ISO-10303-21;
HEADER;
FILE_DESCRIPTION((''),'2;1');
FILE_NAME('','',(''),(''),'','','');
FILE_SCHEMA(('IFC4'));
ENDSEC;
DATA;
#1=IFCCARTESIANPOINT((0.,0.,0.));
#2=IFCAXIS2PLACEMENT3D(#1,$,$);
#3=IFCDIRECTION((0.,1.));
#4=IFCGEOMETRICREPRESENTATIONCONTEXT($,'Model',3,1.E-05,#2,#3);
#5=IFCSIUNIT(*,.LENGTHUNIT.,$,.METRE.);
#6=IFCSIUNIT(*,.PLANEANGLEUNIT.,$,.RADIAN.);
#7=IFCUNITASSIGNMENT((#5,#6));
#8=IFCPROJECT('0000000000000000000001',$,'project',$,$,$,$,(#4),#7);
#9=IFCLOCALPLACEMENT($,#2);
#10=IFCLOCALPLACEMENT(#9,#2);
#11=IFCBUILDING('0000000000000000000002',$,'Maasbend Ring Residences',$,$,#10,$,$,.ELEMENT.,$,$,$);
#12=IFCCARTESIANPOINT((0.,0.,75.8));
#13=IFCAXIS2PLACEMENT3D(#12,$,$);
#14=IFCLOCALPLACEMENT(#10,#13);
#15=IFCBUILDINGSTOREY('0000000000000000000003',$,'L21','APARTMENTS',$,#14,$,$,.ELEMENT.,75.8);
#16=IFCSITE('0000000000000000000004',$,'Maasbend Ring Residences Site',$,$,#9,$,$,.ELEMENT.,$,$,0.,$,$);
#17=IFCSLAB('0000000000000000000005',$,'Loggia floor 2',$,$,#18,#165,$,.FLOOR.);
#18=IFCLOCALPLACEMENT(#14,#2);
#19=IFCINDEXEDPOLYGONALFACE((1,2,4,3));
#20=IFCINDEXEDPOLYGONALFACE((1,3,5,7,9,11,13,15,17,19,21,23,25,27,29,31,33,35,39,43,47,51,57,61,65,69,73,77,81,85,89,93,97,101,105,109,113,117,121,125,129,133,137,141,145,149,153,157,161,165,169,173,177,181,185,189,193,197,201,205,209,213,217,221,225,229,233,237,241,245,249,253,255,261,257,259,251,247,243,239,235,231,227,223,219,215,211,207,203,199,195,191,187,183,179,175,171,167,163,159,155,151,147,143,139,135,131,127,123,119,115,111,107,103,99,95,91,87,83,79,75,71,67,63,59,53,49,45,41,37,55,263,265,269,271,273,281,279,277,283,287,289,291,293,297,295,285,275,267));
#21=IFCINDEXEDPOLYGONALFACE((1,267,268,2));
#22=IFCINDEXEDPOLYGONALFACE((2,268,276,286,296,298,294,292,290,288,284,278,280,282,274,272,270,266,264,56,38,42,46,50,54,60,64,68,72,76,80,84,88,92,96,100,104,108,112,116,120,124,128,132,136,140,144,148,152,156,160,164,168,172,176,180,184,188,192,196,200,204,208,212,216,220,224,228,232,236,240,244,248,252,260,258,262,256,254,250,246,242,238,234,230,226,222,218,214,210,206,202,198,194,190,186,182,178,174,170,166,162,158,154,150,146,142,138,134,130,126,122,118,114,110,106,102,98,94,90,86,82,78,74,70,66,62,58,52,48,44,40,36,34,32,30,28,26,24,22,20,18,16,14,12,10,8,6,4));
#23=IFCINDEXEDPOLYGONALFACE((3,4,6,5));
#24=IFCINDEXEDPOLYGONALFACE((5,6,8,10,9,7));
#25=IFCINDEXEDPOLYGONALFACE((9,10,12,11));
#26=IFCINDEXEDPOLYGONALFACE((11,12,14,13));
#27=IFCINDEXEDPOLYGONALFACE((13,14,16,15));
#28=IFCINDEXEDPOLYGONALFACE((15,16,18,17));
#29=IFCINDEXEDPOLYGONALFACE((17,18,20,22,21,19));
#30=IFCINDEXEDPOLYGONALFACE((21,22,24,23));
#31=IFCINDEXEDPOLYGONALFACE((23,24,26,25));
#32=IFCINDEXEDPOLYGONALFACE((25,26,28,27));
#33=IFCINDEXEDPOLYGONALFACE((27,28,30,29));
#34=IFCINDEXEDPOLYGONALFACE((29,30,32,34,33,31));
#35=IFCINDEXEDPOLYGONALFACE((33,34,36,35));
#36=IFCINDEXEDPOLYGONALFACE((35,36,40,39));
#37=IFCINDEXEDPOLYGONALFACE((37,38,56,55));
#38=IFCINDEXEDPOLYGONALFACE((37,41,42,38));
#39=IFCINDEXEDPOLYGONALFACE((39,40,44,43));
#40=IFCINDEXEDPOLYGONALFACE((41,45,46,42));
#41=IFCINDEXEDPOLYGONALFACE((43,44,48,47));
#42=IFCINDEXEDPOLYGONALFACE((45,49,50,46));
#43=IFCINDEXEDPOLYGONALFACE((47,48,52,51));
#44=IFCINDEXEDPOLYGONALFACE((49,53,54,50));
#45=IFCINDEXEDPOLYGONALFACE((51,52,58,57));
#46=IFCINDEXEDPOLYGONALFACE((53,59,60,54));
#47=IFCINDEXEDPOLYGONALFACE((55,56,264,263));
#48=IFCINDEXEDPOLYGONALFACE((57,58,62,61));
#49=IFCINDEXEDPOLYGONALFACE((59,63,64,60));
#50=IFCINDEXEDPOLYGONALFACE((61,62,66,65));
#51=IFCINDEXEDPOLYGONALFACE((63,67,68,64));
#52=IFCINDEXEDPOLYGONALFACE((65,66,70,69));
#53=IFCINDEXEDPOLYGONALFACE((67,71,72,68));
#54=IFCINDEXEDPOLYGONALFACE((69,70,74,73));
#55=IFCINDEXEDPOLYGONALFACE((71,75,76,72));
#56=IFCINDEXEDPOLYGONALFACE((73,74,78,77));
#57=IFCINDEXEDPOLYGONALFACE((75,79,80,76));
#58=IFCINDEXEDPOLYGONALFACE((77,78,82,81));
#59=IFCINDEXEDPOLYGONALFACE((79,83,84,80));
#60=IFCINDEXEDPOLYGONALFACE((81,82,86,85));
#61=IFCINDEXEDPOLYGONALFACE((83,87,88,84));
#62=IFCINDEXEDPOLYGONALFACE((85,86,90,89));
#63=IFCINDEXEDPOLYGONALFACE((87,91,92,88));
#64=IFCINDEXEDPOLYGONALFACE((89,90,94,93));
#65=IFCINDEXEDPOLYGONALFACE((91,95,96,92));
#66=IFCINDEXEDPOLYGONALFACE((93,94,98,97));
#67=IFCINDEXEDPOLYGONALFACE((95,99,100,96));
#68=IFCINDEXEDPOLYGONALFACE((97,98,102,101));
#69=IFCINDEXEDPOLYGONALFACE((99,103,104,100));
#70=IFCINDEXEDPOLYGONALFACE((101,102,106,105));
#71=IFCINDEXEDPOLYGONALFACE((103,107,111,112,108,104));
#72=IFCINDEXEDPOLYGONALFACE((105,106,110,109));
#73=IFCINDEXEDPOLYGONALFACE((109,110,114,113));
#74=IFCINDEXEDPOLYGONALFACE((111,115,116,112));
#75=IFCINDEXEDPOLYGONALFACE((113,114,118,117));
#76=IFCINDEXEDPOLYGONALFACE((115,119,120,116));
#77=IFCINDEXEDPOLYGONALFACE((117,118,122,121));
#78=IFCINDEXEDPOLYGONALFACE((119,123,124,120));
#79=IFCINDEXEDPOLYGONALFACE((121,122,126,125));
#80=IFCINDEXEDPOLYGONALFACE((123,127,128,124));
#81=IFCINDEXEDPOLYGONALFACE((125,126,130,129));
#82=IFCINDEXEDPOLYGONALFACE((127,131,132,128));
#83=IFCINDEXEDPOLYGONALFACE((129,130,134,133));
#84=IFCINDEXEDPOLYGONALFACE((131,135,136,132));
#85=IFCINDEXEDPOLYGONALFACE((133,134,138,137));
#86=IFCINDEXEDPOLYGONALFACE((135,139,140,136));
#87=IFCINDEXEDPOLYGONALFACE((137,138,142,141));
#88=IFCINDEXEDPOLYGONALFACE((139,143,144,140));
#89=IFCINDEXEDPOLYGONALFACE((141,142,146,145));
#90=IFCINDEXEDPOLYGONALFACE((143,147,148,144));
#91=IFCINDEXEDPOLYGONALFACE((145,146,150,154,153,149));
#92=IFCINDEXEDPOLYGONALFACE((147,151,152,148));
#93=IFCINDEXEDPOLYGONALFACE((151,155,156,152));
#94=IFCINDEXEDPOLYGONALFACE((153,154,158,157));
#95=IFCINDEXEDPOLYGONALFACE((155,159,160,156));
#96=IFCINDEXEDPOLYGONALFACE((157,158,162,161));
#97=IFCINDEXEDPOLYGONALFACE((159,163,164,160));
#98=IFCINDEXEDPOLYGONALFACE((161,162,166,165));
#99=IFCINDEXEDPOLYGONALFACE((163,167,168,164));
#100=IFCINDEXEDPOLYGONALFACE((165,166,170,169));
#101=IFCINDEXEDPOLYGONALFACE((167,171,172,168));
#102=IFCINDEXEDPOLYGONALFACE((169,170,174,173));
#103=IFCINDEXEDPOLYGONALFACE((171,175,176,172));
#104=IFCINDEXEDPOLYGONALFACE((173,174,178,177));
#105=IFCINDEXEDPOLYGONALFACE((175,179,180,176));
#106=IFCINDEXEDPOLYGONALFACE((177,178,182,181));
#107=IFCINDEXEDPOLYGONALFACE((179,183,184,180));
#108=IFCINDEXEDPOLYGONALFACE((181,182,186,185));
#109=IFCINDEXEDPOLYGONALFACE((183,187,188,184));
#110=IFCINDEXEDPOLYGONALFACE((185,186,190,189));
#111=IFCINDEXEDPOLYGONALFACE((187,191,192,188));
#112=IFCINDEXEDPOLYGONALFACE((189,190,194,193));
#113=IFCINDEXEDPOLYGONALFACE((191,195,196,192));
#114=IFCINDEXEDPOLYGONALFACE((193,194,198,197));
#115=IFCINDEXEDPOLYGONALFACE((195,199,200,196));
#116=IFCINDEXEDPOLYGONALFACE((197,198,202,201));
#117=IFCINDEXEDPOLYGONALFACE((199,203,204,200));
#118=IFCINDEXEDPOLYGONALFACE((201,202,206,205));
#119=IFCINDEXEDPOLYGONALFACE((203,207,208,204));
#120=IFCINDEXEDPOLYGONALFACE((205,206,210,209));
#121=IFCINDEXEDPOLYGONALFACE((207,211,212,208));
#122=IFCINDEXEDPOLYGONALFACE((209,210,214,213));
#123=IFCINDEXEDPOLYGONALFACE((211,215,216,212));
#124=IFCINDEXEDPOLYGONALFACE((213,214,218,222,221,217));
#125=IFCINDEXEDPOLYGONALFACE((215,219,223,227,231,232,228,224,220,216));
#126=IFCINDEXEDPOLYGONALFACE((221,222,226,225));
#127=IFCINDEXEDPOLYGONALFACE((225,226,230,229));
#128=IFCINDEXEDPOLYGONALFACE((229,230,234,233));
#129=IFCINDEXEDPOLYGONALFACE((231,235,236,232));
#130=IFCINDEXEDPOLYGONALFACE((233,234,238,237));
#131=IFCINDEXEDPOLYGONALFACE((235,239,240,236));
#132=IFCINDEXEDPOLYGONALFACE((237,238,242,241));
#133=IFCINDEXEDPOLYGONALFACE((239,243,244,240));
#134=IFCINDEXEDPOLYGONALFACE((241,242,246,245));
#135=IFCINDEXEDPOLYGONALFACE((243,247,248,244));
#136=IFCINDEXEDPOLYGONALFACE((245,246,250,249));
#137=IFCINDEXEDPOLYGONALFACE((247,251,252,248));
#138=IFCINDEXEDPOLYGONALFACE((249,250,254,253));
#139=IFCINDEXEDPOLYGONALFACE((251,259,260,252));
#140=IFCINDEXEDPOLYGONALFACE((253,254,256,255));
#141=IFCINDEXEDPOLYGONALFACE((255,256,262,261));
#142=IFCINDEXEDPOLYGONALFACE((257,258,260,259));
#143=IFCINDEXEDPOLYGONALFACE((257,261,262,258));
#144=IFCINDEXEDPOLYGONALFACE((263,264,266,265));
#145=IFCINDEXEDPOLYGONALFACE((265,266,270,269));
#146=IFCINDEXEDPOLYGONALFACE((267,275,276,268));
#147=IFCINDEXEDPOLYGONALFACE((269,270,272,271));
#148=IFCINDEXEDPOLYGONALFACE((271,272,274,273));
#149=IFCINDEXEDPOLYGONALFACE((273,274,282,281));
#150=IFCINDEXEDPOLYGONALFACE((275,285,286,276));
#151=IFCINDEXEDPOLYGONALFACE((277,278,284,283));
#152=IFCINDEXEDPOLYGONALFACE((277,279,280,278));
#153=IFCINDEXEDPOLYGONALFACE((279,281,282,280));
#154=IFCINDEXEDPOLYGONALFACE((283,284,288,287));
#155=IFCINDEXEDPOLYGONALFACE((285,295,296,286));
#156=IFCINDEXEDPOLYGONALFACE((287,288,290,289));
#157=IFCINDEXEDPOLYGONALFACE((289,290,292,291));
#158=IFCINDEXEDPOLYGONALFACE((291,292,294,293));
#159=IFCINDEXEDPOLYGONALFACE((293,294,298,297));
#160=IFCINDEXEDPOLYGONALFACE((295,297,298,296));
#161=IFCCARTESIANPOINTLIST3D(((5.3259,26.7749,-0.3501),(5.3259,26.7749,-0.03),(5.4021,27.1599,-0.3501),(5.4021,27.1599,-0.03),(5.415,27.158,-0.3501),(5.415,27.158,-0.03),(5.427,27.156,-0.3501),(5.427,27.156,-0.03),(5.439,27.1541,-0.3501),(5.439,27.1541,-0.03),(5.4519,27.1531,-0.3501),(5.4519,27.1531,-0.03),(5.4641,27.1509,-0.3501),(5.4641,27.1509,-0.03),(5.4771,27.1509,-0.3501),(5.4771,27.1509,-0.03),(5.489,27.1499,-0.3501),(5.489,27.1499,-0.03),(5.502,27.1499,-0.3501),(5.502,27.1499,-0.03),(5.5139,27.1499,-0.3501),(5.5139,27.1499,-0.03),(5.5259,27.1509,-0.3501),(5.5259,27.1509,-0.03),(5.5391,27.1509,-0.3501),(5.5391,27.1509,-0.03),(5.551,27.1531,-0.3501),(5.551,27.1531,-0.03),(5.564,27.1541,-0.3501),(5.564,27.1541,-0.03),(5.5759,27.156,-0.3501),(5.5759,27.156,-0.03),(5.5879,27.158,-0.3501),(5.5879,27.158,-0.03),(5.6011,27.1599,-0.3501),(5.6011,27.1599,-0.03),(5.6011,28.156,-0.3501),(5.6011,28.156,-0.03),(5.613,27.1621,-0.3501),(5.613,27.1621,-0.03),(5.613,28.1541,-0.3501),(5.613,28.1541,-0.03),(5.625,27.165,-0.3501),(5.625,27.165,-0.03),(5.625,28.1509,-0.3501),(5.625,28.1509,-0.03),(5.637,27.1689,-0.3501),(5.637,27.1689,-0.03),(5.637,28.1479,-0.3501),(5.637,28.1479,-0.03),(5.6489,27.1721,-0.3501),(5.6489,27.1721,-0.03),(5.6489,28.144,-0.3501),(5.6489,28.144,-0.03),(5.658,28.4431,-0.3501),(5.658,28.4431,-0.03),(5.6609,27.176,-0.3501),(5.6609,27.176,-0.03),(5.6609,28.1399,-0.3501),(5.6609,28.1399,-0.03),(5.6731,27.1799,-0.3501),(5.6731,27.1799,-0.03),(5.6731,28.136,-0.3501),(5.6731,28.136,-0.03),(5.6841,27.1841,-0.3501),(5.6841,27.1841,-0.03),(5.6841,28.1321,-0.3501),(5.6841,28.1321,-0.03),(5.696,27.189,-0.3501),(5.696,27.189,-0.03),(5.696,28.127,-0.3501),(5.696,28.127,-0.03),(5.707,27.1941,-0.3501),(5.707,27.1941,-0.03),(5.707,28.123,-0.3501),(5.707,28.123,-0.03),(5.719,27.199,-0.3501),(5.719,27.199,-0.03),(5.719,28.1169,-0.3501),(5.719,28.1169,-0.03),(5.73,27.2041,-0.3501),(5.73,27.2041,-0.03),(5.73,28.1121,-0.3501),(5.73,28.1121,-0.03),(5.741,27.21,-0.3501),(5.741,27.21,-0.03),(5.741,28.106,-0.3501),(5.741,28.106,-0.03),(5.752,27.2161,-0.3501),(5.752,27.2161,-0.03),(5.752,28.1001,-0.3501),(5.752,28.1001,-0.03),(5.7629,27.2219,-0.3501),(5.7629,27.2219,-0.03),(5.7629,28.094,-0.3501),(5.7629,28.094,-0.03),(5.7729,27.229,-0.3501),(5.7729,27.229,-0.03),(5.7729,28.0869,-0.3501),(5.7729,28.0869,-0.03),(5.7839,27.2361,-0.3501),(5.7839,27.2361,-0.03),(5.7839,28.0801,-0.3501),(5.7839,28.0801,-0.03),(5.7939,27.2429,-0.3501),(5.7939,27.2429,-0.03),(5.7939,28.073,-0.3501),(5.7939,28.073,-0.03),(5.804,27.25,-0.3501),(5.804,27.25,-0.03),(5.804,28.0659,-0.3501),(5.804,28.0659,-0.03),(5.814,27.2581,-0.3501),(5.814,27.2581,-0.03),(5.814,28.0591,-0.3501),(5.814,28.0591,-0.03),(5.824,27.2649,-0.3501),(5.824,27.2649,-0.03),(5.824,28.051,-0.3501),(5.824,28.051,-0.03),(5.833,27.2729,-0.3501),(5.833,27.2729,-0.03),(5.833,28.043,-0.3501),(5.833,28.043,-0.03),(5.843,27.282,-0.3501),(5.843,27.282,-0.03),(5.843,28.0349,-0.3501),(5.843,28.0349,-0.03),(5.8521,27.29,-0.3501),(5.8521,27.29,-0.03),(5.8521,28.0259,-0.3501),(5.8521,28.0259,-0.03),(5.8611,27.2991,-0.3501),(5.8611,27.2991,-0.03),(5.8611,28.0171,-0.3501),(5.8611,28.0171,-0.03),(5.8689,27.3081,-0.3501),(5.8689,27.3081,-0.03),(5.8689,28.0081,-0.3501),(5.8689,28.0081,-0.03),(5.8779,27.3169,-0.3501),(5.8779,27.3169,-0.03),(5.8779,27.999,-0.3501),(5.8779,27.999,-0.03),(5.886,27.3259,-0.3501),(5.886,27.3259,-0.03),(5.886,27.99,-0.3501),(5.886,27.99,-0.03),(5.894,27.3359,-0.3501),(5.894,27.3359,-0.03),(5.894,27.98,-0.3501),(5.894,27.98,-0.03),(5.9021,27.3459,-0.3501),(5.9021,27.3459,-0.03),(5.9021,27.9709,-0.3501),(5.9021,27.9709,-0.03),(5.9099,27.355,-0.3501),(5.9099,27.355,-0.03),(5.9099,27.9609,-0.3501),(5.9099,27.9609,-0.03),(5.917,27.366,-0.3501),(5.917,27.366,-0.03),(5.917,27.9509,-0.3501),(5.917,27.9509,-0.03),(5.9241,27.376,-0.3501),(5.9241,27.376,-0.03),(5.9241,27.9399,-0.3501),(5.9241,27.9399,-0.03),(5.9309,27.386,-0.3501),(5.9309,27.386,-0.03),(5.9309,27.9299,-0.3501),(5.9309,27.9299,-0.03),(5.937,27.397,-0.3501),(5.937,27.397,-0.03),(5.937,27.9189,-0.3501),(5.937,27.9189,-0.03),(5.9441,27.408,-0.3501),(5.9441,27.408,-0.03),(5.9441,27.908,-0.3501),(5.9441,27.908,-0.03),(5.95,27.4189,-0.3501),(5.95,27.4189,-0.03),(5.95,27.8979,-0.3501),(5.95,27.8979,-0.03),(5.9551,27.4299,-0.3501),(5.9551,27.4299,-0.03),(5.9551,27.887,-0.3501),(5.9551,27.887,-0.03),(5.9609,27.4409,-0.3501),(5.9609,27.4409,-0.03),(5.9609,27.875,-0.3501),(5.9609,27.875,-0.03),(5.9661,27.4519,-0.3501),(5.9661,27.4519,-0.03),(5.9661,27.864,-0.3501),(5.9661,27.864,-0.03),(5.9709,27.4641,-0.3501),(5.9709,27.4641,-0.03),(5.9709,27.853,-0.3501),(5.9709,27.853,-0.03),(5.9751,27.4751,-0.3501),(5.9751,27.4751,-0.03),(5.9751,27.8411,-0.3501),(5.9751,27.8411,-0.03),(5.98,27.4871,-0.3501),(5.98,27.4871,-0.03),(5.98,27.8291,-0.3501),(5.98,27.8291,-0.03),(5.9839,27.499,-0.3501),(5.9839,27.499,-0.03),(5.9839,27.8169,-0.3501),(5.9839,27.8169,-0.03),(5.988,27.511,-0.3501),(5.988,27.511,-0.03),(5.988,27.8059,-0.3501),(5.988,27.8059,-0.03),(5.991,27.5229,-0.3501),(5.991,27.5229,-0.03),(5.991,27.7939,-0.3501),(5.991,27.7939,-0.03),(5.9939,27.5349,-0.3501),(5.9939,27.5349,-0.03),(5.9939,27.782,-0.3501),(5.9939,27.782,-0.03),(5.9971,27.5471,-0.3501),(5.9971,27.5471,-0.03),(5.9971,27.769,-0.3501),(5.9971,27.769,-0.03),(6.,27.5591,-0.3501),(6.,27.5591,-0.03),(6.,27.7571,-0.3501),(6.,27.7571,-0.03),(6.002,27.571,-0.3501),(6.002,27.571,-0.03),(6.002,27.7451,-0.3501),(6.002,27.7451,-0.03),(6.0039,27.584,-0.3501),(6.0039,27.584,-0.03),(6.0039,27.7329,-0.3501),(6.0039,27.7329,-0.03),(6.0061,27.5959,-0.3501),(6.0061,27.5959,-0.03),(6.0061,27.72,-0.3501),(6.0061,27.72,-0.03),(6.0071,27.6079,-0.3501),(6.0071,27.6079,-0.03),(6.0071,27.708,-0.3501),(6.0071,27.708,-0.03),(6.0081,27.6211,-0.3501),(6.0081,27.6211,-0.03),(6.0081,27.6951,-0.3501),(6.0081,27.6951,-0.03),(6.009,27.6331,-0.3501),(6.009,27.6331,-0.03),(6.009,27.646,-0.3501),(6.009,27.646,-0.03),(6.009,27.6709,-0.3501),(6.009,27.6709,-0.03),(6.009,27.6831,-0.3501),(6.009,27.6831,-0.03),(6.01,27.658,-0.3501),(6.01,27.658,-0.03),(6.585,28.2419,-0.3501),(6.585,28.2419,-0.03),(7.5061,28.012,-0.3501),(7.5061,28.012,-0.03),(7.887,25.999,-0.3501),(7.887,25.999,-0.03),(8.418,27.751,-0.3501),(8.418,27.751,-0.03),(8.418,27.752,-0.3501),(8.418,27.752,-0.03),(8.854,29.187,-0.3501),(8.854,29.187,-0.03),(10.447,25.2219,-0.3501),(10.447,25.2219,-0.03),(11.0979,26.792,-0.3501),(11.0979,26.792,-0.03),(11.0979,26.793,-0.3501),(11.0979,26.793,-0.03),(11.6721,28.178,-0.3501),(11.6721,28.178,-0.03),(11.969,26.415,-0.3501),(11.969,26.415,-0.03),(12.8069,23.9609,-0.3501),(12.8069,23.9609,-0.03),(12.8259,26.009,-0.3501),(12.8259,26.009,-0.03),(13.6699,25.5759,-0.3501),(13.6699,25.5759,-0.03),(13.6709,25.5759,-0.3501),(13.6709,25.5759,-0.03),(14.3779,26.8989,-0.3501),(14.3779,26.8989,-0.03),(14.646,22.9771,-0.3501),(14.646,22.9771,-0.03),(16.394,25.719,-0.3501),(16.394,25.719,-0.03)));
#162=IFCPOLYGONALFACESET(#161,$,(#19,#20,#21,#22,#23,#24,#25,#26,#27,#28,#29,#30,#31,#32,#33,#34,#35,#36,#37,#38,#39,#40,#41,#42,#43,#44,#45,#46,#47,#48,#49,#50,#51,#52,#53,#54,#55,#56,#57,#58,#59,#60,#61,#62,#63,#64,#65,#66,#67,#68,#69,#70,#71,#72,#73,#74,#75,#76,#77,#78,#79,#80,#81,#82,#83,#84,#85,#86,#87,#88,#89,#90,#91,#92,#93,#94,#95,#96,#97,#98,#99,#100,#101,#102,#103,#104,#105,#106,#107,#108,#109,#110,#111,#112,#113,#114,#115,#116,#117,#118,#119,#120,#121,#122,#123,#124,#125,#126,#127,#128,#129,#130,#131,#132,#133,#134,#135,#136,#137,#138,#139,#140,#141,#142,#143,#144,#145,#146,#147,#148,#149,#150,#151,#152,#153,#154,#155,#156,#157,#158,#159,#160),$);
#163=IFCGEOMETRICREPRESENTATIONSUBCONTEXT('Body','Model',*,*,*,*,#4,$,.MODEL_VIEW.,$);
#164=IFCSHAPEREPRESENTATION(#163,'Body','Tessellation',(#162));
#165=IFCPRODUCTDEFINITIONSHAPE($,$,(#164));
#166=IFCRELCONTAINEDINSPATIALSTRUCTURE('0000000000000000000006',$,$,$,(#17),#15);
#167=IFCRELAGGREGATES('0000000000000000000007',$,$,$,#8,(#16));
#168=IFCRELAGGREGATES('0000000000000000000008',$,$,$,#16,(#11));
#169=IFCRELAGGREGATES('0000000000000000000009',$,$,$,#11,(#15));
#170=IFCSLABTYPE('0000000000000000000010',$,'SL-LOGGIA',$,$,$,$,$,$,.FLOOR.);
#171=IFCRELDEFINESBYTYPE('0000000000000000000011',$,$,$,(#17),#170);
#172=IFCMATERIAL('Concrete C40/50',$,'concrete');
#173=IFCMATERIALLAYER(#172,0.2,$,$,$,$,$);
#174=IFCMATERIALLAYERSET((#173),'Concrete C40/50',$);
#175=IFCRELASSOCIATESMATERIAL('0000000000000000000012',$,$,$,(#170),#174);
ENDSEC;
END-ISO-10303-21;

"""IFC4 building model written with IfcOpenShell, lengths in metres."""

from ifc_helpers import new_model, si_unit, direction, frame, origin, place, context, subcontext, project, spatial, polyline, outline, extrude, material, layer, layer_set, type_object, element, save


model = new_model("IFC4")

# Units and contexts
model_context = context("Model", 3, precision=1e-05, world=origin(), true_north=direction((0.0, 1.0)))
body_context = subcontext(model_context, "Body", "Model", "MODEL_VIEW")
ifc_project = project(units=[si_unit("LENGTHUNIT", "METRE"), si_unit("PLANEANGLEUNIT", "RADIAN")], contexts=[model_context])

# Site, building, storey
site_placement = place(None, origin())
site = spatial("IfcSite", under=ifc_project, at=site_placement, Name="Maasbend Ring Residences Site", CompositionType="ELEMENT", RefElevation=0.0)
building_placement = place(site_placement, origin())
building = spatial("IfcBuilding", under=site, at=building_placement, Name="Maasbend Ring Residences", CompositionType="ELEMENT")
storey_placement = place(building_placement, frame((0.0, 0.0, 75.8)))
storey = spatial("IfcBuildingStorey", under=building, at=storey_placement, Name="L21", Description="APARTMENTS", CompositionType="ELEMENT", Elevation=75.8)

# Slab
ifc_material_1 = material(Name="Concrete C40/50", Category="concrete")
ifc_layer_1 = layer(ifc_material_1, 0.2)
ifc_layer_set_1 = layer_set([ifc_layer_1], Name="Concrete C40/50")
slab_type_1 = type_object("IfcSlabType", Name="SL-LOGGIA", PredefinedType="FLOOR", material=ifc_layer_set_1)
slab_1_placement = place(storey_placement, frame((0.0, 0.0, -0.3501)))
element("IfcSlab", 1, at=slab_1_placement, inside=storey, type_object=slab_type_1, Name="Loggia floor 2", PredefinedType="FLOOR", context=body_context, shape_type="SweptSolid", body=[
    extrude(outline(polyline([(5.439, 27.1541), (5.4519, 27.1531), (5.4641, 27.1509), (5.4771, 27.1509), (5.489, 27.1499), (5.502, 27.1499), (5.5139, 27.1499), (5.5259, 27.1509), (5.5391, 27.1509), (5.551, 27.1531), (5.564, 27.1541), (5.5759, 27.156), (5.5879, 27.158), (5.6011, 27.1599), (5.613, 27.1621), (5.625, 27.165), (5.637, 27.1689), (5.6489, 27.1721), (5.6609, 27.176), (5.6731, 27.1799), (5.6841, 27.1841), (5.696, 27.189), (5.707, 27.1941), (5.719, 27.199), (5.73, 27.2041), (5.741, 27.21), (5.752, 27.2161), (5.7629, 27.2219), (5.7729, 27.229), (5.7839, 27.2361), (5.7939, 27.2429), (5.804, 27.25), (5.814, 27.2581), (5.824, 27.2649), (5.833, 27.2729), (5.843, 27.282), (5.8521, 27.29), (5.8611, 27.2991), (5.8689, 27.3081), (5.8779, 27.3169), (5.886, 27.3259), (5.894, 27.3359), (5.9021, 27.3459), (5.9099, 27.355), (5.917, 27.366), (5.9241, 27.376), (5.9309, 27.386), (5.937, 27.397), (5.9441, 27.408), (5.95, 27.4189), (5.9551, 27.4299), (5.9609, 27.4409), (5.9661, 27.4519), (5.9709, 27.4641), (5.9751, 27.4751), (5.98, 27.4871), (5.9839, 27.499), (5.988, 27.511), (5.991, 27.5229), (5.9939, 27.5349), (5.9971, 27.5471), (6.0, 27.5591), (6.002, 27.571), (6.0039, 27.584), (6.0061, 27.5959), (6.0071, 27.6079), (6.0081, 27.6211), (6.009, 27.6331), (6.009, 27.646), (6.01, 27.658), (6.009, 27.6709), (6.009, 27.6831), (6.0081, 27.6951), (6.0071, 27.708), (6.0061, 27.72), (6.0039, 27.7329), (6.002, 27.7451), (6.0, 27.7571), (5.9971, 27.769), (5.9939, 27.782), (5.991, 27.7939), (5.988, 27.8059), (5.9839, 27.8169), (5.98, 27.8291), (5.9751, 27.8411), (5.9709, 27.853), (5.9661, 27.864), (5.9609, 27.875), (5.9551, 27.887), (5.95, 27.8979), (5.9441, 27.908), (5.937, 27.9189), (5.9309, 27.9299), (5.9241, 27.9399), (5.917, 27.9509), (5.9099, 27.9609), (5.9021, 27.9709), (5.894, 27.98), (5.886, 27.99), (5.8779, 27.999), (5.8689, 28.0081), (5.8611, 28.0171), (5.8521, 28.0259), (5.843, 28.0349), (5.833, 28.043), (5.824, 28.051), (5.814, 28.0591), (5.804, 28.0659), (5.7939, 28.073), (5.7839, 28.0801), (5.7729, 28.0869), (5.7629, 28.094), (5.752, 28.1001), (5.741, 28.106), (5.73, 28.1121), (5.719, 28.1169), (5.707, 28.123), (5.696, 28.127), (5.6841, 28.1321), (5.6731, 28.136), (5.6609, 28.1399), (5.6489, 28.144), (5.637, 28.1479), (5.625, 28.1509), (5.613, 28.1541), (5.6011, 28.156), (5.658, 28.4431), (5.658, 28.4431), (5.658, 28.4431), (6.585, 28.2419), (6.585, 28.2419), (7.5061, 28.012), (7.5061, 28.012), (8.418, 27.751), (8.418, 27.751), (8.418, 27.751), (8.418, 27.751), (8.418, 27.751), (8.418, 27.751), (8.418, 27.751), (8.418, 27.751), (8.418, 27.751), (8.418, 27.751), (8.418, 27.752), (8.418, 27.752), (8.418, 27.752), (8.418, 27.752), (8.418, 27.752), (8.418, 27.752), (8.418, 27.752), (8.854, 29.187), (8.854, 29.187), (8.854, 29.187), (11.6721, 28.178), (11.6721, 28.178), (11.6721, 28.178), (11.0979, 26.793), (11.0979, 26.793), (11.0979, 26.793), (11.0979, 26.793), (11.0979, 26.793), (11.0979, 26.793), (11.0979, 26.793), (11.0979, 26.793), (11.0979, 26.793), (11.0979, 26.793), (11.0979, 26.792), (11.0979, 26.792), (11.0979, 26.792), (11.0979, 26.792), (11.0979, 26.792), (11.0979, 26.792), (11.0979, 26.792), (11.969, 26.415), (11.969, 26.415), (12.8259, 26.009), (12.8259, 26.009), (13.6699, 25.5759), (13.6699, 25.5759), (13.6699, 25.5759), (13.6699, 25.5759), (13.6699, 25.5759), (13.6699, 25.5759), (13.6699, 25.5759), (13.6699, 25.5759), (13.6699, 25.5759), (13.6699, 25.5759), (13.6709, 25.5759), (13.6709, 25.5759), (13.6709, 25.5759), (13.6709, 25.5759), (13.6709, 25.5759), (13.6709, 25.5759), (13.6709, 25.5759), (14.3779, 26.8989), (14.3779, 26.8989), (14.3779, 26.8989), (16.394, 25.719), (16.394, 25.719), (16.394, 25.719), (14.646, 22.9771), (14.646, 22.9771), (14.646, 22.9771), (12.8069, 23.9609), (10.447, 25.2219), (10.447, 25.2219), (10.447, 25.2219), (7.887, 25.999), (5.3259, 26.7749), (5.3259, 26.7749), (5.3259, 26.7749), (5.4021, 27.1599), (5.415, 27.158), (5.427, 27.156), (5.439, 27.1541)])), origin(), (0.0, 0.0, 1.0), 0.3201),
])

save(model, "model.ifc")
